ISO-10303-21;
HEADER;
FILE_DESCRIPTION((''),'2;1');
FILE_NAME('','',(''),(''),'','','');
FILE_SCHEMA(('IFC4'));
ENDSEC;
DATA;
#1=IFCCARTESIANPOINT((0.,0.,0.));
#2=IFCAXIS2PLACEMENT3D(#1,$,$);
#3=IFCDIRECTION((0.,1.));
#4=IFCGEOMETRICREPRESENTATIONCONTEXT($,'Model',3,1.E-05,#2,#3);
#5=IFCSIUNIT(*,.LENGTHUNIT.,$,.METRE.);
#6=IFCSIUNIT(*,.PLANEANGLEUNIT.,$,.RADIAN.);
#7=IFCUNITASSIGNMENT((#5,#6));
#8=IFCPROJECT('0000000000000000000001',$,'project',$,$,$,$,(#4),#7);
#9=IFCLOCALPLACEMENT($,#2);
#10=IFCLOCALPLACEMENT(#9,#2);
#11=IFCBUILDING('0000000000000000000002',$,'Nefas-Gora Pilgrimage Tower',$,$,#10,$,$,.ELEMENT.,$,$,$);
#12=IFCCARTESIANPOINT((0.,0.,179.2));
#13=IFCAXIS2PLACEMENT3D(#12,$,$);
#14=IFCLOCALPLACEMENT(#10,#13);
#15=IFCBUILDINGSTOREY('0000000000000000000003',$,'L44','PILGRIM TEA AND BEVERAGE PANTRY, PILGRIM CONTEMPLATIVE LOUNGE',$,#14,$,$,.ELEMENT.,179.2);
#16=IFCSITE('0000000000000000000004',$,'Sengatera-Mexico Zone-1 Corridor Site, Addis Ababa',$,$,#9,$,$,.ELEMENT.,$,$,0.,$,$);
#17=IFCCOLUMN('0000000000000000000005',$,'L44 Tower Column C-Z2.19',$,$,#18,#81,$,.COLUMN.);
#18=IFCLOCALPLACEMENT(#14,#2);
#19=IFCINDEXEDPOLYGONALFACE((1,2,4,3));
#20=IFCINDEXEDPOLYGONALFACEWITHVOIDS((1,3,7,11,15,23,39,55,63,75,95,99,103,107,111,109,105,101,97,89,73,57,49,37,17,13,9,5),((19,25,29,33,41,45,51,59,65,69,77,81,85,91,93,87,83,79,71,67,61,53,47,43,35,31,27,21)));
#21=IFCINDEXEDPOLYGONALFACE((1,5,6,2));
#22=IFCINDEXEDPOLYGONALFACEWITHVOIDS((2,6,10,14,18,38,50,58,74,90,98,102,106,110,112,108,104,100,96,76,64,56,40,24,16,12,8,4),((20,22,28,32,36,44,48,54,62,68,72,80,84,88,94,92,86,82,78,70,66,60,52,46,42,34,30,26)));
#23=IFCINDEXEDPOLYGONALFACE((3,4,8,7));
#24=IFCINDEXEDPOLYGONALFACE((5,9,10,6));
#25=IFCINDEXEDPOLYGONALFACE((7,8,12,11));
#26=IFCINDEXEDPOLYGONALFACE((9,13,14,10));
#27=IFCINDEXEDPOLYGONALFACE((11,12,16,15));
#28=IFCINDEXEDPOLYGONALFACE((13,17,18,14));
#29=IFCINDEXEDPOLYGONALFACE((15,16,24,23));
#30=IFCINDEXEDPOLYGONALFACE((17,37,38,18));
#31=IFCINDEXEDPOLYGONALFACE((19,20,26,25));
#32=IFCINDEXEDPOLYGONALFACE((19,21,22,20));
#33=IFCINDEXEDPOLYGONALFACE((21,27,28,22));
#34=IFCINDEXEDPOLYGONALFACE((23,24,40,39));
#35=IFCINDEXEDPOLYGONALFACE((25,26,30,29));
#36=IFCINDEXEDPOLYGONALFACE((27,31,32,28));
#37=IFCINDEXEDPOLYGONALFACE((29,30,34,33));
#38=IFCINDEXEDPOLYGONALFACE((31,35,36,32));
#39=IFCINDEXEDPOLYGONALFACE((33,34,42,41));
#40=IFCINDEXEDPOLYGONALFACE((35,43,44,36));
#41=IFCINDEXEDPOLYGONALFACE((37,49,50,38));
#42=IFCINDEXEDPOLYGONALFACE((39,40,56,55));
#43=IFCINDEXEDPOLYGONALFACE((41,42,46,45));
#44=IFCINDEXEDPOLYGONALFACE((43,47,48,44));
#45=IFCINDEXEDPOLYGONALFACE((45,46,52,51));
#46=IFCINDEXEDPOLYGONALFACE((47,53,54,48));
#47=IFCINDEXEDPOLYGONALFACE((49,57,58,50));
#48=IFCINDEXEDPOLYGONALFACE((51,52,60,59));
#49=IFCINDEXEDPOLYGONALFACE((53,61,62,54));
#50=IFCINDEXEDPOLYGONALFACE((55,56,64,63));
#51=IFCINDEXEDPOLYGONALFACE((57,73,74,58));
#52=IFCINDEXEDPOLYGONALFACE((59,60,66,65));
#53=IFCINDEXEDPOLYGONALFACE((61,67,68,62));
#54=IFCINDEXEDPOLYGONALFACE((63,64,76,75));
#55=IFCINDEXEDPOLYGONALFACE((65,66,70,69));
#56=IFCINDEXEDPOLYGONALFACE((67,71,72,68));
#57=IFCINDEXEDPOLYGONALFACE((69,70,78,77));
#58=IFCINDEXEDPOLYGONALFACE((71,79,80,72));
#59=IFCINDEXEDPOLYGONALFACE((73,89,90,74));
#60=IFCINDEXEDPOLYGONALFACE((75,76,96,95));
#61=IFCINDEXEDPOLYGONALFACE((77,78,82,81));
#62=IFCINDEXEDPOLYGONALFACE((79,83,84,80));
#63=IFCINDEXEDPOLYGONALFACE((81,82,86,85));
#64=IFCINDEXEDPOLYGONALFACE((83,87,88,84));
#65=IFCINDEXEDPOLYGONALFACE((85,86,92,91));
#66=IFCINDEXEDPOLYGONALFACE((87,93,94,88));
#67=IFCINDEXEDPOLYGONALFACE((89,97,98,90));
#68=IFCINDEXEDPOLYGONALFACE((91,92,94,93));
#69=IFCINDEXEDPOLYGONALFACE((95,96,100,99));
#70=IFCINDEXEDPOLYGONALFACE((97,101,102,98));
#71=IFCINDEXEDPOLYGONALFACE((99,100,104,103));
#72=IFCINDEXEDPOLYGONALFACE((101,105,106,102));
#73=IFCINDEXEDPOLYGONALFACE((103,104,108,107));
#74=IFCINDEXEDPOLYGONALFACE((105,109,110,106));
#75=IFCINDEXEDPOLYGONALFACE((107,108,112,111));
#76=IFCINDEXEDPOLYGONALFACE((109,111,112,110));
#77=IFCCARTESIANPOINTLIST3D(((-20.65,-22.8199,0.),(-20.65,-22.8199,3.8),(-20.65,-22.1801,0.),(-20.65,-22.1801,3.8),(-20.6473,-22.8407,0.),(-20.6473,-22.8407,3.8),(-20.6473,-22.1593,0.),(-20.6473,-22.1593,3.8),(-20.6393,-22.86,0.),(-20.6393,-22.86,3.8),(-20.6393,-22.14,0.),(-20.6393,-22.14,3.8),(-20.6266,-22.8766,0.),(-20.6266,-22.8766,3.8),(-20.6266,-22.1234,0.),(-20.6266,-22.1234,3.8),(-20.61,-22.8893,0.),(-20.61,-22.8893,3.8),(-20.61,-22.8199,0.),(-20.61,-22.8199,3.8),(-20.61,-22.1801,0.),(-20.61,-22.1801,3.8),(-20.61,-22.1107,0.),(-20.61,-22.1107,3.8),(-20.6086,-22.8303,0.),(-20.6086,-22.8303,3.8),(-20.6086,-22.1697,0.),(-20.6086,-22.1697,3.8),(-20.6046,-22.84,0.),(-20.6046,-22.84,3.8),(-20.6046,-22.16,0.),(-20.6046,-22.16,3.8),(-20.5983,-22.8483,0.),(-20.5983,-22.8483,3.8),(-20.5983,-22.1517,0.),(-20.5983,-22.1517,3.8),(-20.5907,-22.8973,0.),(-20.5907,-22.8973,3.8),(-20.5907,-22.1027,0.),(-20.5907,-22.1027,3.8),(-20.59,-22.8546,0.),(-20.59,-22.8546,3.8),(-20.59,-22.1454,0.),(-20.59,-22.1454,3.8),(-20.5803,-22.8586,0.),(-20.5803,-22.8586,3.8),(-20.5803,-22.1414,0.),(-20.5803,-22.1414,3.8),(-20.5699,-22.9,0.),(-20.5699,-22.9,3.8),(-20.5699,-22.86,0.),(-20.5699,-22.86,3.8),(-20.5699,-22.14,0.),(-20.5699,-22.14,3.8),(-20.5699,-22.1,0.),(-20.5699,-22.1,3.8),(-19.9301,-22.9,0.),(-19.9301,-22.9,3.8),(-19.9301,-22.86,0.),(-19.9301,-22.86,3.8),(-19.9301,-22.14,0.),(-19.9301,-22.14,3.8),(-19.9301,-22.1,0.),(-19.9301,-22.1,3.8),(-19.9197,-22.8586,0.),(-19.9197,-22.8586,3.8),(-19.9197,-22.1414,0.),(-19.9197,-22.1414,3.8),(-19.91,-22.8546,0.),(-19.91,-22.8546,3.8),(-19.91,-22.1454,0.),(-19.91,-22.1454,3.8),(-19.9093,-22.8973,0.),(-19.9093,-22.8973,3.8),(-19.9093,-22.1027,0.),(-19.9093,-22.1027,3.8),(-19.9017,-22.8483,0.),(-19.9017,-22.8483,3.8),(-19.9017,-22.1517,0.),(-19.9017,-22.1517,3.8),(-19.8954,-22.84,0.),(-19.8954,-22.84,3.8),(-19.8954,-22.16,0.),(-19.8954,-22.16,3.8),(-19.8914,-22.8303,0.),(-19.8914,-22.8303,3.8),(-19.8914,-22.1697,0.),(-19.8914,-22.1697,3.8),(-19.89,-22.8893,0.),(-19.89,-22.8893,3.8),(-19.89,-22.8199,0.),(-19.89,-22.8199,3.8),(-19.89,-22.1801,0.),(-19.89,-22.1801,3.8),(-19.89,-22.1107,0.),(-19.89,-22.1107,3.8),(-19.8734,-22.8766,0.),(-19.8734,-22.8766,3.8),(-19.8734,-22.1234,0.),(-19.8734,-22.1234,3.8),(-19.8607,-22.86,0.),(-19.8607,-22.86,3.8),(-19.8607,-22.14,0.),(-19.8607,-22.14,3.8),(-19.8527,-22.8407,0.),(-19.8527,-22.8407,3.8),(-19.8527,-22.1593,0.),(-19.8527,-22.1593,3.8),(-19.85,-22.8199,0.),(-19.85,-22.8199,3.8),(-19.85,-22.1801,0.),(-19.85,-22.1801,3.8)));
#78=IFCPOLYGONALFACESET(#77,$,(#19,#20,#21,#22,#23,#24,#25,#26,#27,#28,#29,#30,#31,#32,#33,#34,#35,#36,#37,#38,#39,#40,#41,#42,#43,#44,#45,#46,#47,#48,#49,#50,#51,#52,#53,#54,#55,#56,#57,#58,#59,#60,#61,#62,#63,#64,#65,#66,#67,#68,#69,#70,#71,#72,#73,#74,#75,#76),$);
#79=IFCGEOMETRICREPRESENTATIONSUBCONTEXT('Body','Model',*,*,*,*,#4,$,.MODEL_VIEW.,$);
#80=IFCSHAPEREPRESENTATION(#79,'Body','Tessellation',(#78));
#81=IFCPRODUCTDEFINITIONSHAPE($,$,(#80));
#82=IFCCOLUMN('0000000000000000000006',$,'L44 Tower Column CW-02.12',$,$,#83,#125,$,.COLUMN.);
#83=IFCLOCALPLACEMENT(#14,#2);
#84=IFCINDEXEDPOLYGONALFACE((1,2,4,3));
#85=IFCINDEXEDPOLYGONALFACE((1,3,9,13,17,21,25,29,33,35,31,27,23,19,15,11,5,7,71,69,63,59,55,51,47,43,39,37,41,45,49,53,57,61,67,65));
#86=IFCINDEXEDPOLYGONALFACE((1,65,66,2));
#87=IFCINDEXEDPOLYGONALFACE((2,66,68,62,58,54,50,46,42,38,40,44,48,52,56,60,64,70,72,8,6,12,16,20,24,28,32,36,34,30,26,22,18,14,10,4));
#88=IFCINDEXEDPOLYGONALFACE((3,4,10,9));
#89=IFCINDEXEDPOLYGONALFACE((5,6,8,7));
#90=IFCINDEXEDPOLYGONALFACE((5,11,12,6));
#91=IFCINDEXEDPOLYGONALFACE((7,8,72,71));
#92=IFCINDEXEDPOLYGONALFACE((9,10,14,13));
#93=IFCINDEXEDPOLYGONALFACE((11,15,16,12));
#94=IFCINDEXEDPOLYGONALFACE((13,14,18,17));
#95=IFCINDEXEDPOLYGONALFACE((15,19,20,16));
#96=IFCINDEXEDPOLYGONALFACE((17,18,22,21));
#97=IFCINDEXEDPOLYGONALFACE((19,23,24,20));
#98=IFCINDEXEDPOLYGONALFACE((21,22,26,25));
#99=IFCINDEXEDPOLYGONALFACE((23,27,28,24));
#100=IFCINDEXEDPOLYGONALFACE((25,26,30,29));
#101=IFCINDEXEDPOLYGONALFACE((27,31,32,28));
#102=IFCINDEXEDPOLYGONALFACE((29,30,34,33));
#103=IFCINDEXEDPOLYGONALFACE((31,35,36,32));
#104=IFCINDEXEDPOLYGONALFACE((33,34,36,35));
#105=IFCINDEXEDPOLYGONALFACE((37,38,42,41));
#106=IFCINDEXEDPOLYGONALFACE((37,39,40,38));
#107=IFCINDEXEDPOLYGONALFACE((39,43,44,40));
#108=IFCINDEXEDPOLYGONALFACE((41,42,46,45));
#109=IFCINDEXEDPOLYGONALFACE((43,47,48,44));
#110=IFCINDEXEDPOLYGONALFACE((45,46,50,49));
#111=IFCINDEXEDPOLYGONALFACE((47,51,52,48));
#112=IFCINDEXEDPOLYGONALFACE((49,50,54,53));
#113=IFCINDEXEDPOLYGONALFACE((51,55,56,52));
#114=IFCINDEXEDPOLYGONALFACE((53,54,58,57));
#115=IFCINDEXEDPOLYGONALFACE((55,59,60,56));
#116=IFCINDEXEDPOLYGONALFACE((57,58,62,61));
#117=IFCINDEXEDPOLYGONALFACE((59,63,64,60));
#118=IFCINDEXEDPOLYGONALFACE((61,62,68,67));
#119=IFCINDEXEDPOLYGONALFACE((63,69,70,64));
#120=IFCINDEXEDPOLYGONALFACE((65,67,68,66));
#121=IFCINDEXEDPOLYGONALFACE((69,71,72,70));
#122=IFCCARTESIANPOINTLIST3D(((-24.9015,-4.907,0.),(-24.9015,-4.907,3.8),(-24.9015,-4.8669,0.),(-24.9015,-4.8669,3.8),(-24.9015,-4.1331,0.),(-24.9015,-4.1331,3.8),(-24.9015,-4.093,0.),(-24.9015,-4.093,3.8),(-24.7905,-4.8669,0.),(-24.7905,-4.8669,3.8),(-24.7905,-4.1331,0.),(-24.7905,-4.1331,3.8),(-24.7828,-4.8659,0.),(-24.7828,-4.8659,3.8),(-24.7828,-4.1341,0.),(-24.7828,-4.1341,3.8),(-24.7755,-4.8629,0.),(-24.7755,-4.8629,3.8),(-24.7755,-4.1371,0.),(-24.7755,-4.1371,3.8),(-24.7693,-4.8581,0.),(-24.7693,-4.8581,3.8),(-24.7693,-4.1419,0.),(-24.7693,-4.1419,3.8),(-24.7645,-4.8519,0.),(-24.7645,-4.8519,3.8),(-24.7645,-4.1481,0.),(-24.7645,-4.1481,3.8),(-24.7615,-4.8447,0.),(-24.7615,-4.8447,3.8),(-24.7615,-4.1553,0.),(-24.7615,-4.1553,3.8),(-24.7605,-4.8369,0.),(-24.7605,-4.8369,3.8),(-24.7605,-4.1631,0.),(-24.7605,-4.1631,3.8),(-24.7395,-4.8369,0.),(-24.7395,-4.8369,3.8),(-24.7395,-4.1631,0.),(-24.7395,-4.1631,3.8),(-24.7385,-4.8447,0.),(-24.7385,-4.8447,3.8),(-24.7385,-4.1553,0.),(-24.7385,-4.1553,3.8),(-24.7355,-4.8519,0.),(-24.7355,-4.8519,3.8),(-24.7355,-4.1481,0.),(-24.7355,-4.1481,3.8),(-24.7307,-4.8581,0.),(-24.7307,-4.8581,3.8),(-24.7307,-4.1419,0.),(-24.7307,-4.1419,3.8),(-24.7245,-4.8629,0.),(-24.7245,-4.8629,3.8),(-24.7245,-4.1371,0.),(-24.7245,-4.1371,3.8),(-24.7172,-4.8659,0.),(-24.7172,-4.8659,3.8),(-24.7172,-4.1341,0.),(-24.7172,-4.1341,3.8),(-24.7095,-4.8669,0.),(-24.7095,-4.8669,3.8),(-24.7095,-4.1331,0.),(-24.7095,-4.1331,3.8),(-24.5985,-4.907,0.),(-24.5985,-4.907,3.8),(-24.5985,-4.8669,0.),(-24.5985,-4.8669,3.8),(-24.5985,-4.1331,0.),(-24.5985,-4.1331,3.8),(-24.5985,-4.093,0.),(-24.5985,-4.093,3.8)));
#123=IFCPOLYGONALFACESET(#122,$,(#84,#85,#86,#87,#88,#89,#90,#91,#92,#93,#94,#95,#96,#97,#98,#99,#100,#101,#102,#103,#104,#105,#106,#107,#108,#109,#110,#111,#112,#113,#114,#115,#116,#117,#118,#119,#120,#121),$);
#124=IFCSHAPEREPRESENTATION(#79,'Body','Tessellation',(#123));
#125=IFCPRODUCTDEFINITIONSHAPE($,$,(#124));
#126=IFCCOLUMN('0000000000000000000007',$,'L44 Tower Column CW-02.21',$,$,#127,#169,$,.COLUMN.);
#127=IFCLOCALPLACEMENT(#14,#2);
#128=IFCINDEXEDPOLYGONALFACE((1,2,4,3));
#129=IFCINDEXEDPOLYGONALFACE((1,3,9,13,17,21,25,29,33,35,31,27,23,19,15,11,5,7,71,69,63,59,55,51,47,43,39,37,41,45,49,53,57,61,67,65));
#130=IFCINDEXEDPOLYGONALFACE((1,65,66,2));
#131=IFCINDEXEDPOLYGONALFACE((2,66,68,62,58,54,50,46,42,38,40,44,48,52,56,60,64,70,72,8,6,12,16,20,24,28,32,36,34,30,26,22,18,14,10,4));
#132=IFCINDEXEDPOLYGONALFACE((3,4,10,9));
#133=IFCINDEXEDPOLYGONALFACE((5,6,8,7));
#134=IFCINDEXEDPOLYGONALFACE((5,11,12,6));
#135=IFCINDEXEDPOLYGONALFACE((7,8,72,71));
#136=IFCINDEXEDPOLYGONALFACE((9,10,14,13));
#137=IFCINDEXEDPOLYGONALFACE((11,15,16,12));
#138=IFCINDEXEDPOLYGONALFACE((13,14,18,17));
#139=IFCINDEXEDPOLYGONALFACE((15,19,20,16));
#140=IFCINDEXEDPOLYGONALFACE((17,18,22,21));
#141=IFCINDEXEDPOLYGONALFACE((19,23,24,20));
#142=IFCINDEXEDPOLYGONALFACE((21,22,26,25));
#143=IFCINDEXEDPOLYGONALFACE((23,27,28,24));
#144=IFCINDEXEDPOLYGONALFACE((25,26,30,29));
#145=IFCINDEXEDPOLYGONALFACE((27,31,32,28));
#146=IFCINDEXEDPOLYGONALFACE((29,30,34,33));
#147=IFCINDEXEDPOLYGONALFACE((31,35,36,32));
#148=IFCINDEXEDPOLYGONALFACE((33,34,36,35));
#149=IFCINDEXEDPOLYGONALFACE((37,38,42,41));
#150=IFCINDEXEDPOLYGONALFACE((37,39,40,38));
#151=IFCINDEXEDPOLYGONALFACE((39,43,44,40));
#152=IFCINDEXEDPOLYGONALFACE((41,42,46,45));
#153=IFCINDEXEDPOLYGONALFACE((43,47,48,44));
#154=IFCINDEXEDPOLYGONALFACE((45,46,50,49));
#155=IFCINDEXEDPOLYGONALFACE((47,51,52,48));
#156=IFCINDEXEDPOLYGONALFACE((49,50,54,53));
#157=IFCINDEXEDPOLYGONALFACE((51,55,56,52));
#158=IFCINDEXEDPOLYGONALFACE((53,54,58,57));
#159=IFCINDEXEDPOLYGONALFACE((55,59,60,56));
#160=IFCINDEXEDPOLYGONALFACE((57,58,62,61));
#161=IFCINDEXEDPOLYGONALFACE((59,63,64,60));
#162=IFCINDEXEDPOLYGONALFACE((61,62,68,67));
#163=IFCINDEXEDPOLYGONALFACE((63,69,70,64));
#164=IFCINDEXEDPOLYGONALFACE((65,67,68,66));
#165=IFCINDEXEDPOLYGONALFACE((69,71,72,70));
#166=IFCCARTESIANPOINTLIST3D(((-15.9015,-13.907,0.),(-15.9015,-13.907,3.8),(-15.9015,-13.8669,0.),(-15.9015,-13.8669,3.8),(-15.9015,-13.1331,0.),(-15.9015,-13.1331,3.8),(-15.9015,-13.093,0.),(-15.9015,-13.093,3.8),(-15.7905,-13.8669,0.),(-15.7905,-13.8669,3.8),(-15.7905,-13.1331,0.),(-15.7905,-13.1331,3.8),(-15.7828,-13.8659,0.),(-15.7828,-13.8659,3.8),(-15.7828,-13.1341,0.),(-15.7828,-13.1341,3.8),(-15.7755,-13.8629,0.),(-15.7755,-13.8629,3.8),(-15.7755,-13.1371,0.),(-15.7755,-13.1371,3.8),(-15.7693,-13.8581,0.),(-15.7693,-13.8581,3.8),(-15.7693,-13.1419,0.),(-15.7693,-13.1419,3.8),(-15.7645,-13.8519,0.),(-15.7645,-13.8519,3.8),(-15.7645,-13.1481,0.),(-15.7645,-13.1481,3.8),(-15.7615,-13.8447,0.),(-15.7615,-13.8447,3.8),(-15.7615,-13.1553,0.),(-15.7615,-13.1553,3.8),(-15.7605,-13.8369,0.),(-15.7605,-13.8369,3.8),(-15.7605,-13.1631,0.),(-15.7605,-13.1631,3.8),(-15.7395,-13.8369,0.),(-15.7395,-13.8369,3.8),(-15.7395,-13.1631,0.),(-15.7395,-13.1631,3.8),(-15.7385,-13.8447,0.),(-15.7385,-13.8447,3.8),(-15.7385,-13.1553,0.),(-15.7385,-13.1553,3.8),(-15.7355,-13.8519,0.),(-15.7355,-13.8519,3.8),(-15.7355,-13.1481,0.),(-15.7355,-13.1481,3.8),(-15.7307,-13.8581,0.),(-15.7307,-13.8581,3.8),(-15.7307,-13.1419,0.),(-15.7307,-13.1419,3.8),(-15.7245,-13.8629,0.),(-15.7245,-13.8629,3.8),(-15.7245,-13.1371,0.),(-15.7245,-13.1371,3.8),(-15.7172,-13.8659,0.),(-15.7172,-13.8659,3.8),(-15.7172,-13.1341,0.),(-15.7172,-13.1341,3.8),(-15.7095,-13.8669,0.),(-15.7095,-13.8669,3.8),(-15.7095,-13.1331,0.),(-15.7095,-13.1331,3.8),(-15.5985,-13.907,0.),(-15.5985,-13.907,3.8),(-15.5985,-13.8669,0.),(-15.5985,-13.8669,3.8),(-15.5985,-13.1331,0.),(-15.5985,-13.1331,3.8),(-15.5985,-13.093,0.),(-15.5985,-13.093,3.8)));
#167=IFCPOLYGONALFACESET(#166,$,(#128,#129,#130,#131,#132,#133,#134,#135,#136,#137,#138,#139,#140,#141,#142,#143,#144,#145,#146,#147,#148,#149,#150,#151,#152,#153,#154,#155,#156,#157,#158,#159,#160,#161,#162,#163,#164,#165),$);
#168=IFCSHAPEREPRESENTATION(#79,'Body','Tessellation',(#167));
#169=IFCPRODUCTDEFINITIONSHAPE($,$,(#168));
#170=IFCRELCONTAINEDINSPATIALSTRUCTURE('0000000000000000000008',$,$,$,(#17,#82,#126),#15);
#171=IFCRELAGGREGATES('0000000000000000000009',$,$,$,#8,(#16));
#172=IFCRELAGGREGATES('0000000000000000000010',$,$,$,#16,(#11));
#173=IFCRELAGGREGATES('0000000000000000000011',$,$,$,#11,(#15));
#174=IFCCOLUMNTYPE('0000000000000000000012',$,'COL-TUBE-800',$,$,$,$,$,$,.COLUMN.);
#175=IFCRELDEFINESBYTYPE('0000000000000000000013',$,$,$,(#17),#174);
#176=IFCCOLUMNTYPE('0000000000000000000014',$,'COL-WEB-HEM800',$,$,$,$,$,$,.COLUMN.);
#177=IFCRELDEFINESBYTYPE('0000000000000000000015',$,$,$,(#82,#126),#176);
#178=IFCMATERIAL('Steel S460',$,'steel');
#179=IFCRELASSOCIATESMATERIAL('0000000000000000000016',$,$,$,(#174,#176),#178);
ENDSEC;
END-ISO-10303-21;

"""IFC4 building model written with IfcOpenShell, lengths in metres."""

from ifc_helpers import new_model, si_unit, direction, frame, origin, origin_2d, place, context, subcontext, project, spatial, hollow_rectangle, i_section, extrude, source, transform, mapped, material, material_profile, profile_set, type_object, element, save


model = new_model("IFC4")

# Units and contexts
model_context = context("Model", 3, precision=1e-05, world=origin(), true_north=direction((0.0, 1.0)))
body_context = subcontext(model_context, "Body", "Model", "MODEL_VIEW")
ifc_project = project(units=[si_unit("LENGTHUNIT", "METRE"), si_unit("PLANEANGLEUNIT", "RADIAN")], contexts=[model_context])

# Site, building, storey
site_placement = place(None, origin())
site = spatial("IfcSite", under=ifc_project, at=site_placement, Name="Sengatera-Mexico Zone-1 Corridor Site, Addis Ababa", CompositionType="ELEMENT", RefElevation=0.0)
building_placement = place(site_placement, origin())
building = spatial("IfcBuilding", under=site, at=building_placement, Name="Nefas-Gora Pilgrimage Tower", CompositionType="ELEMENT")
storey_placement = place(building_placement, frame((0.0, 0.0, 179.2)))
storey = spatial("IfcBuildingStorey", under=building, at=storey_placement, Name="L44", Description="PILGRIM TEA AND BEVERAGE PANTRY, PILGRIM CONTEMPLATIVE LOUNGE", CompositionType="ELEMENT", Elevation=179.2)

# Columns
ifc_material_1 = material(Name="Steel S460", Category="steel")
ifc_material_profile_1 = material_profile(ifc_material_1, hollow_rectangle(XDim=0.8, YDim=0.8, WallThickness=0.04, InnerFilletRadius=0.04, OuterFilletRadius=0.0801, at=origin_2d()), Name="BOX 800x800x40")
ifc_profile_set_1 = profile_set([ifc_material_profile_1], Name="Steel S460")
column_type_1 = type_object("IfcColumnType", Name="COL-TUBE-800", PredefinedType="COLUMN", material=ifc_profile_set_1)
shared_shape_1 = source(origin(), body_context, "Body", "SweptSolid", [
    extrude(hollow_rectangle(XDim=0.8, YDim=0.8, WallThickness=0.04, InnerFilletRadius=0.04, OuterFilletRadius=0.0801, at=origin_2d()), origin(), (0.0, 0.0, 1.0), 3.8),
])
column_placement = place(storey_placement, frame((-20.25, -22.5, 0.0), z_axis=(0.0, 0.0, 1.0), x_axis=(1.0, 0.0, 0.0)))
element("IfcColumn", 1, at=column_placement, inside=storey, type_object=column_type_1, Name="L44 Tower Column C-Z2.19", PredefinedType="COLUMN", context=body_context, shape_type="MappedRepresentation", body=[
    mapped(shared_shape_1, transform((0.0, 0.0, 0.0), x_axis=(1.0, 0.0, 0.0), y_axis=(0.0, 1.0, 0.0), z_axis=(0.0, 0.0, 1.0), scale=1.0)),
])
ifc_material_profile_2 = material_profile(ifc_material_1, i_section(OverallWidth=0.303, OverallDepth=0.814, WebThickness=0.021, FlangeThickness=0.04, FilletRadius=0.03, at=origin_2d()), Name="HEM 800")
ifc_profile_set_2 = profile_set([ifc_material_profile_2], Name="Steel S460")
column_type_2 = type_object("IfcColumnType", Name="COL-WEB-HEM800", PredefinedType="COLUMN", material=ifc_profile_set_2)
shared_shape_2 = source(origin(), body_context, "Body", "SweptSolid", [
    extrude(i_section(OverallWidth=0.303, OverallDepth=0.814, WebThickness=0.021, FlangeThickness=0.04, FilletRadius=0.03, at=origin_2d()), origin(), (0.0, 0.0, 1.0), 3.8),
])
for number, where, z_axis, x_axis, name in (
    (2, (-24.75, -4.5, 0.0), (0.0, 0.0, 1.0), (1.0, 0.0, 0.0), "L44 Tower Column CW-02.12"),
    (3, (-15.75, -13.5, 0.0), (0.0, 0.0, 1.0), (1.0, 0.0, 0.0), "L44 Tower Column CW-02.21"),
):
    element("IfcColumn", number, at=place(storey_placement, frame(where, z_axis=z_axis, x_axis=x_axis)), inside=storey, type_object=column_type_2, Name=name, PredefinedType="COLUMN", context=body_context, shape_type="MappedRepresentation", body=[
        mapped(shared_shape_2, transform((0.0, 0.0, 0.0), x_axis=(1.0, 0.0, 0.0), y_axis=(0.0, 1.0, 0.0), z_axis=(0.0, 0.0, 1.0), scale=1.0)),
    ])

save(model, "model.ifc")
